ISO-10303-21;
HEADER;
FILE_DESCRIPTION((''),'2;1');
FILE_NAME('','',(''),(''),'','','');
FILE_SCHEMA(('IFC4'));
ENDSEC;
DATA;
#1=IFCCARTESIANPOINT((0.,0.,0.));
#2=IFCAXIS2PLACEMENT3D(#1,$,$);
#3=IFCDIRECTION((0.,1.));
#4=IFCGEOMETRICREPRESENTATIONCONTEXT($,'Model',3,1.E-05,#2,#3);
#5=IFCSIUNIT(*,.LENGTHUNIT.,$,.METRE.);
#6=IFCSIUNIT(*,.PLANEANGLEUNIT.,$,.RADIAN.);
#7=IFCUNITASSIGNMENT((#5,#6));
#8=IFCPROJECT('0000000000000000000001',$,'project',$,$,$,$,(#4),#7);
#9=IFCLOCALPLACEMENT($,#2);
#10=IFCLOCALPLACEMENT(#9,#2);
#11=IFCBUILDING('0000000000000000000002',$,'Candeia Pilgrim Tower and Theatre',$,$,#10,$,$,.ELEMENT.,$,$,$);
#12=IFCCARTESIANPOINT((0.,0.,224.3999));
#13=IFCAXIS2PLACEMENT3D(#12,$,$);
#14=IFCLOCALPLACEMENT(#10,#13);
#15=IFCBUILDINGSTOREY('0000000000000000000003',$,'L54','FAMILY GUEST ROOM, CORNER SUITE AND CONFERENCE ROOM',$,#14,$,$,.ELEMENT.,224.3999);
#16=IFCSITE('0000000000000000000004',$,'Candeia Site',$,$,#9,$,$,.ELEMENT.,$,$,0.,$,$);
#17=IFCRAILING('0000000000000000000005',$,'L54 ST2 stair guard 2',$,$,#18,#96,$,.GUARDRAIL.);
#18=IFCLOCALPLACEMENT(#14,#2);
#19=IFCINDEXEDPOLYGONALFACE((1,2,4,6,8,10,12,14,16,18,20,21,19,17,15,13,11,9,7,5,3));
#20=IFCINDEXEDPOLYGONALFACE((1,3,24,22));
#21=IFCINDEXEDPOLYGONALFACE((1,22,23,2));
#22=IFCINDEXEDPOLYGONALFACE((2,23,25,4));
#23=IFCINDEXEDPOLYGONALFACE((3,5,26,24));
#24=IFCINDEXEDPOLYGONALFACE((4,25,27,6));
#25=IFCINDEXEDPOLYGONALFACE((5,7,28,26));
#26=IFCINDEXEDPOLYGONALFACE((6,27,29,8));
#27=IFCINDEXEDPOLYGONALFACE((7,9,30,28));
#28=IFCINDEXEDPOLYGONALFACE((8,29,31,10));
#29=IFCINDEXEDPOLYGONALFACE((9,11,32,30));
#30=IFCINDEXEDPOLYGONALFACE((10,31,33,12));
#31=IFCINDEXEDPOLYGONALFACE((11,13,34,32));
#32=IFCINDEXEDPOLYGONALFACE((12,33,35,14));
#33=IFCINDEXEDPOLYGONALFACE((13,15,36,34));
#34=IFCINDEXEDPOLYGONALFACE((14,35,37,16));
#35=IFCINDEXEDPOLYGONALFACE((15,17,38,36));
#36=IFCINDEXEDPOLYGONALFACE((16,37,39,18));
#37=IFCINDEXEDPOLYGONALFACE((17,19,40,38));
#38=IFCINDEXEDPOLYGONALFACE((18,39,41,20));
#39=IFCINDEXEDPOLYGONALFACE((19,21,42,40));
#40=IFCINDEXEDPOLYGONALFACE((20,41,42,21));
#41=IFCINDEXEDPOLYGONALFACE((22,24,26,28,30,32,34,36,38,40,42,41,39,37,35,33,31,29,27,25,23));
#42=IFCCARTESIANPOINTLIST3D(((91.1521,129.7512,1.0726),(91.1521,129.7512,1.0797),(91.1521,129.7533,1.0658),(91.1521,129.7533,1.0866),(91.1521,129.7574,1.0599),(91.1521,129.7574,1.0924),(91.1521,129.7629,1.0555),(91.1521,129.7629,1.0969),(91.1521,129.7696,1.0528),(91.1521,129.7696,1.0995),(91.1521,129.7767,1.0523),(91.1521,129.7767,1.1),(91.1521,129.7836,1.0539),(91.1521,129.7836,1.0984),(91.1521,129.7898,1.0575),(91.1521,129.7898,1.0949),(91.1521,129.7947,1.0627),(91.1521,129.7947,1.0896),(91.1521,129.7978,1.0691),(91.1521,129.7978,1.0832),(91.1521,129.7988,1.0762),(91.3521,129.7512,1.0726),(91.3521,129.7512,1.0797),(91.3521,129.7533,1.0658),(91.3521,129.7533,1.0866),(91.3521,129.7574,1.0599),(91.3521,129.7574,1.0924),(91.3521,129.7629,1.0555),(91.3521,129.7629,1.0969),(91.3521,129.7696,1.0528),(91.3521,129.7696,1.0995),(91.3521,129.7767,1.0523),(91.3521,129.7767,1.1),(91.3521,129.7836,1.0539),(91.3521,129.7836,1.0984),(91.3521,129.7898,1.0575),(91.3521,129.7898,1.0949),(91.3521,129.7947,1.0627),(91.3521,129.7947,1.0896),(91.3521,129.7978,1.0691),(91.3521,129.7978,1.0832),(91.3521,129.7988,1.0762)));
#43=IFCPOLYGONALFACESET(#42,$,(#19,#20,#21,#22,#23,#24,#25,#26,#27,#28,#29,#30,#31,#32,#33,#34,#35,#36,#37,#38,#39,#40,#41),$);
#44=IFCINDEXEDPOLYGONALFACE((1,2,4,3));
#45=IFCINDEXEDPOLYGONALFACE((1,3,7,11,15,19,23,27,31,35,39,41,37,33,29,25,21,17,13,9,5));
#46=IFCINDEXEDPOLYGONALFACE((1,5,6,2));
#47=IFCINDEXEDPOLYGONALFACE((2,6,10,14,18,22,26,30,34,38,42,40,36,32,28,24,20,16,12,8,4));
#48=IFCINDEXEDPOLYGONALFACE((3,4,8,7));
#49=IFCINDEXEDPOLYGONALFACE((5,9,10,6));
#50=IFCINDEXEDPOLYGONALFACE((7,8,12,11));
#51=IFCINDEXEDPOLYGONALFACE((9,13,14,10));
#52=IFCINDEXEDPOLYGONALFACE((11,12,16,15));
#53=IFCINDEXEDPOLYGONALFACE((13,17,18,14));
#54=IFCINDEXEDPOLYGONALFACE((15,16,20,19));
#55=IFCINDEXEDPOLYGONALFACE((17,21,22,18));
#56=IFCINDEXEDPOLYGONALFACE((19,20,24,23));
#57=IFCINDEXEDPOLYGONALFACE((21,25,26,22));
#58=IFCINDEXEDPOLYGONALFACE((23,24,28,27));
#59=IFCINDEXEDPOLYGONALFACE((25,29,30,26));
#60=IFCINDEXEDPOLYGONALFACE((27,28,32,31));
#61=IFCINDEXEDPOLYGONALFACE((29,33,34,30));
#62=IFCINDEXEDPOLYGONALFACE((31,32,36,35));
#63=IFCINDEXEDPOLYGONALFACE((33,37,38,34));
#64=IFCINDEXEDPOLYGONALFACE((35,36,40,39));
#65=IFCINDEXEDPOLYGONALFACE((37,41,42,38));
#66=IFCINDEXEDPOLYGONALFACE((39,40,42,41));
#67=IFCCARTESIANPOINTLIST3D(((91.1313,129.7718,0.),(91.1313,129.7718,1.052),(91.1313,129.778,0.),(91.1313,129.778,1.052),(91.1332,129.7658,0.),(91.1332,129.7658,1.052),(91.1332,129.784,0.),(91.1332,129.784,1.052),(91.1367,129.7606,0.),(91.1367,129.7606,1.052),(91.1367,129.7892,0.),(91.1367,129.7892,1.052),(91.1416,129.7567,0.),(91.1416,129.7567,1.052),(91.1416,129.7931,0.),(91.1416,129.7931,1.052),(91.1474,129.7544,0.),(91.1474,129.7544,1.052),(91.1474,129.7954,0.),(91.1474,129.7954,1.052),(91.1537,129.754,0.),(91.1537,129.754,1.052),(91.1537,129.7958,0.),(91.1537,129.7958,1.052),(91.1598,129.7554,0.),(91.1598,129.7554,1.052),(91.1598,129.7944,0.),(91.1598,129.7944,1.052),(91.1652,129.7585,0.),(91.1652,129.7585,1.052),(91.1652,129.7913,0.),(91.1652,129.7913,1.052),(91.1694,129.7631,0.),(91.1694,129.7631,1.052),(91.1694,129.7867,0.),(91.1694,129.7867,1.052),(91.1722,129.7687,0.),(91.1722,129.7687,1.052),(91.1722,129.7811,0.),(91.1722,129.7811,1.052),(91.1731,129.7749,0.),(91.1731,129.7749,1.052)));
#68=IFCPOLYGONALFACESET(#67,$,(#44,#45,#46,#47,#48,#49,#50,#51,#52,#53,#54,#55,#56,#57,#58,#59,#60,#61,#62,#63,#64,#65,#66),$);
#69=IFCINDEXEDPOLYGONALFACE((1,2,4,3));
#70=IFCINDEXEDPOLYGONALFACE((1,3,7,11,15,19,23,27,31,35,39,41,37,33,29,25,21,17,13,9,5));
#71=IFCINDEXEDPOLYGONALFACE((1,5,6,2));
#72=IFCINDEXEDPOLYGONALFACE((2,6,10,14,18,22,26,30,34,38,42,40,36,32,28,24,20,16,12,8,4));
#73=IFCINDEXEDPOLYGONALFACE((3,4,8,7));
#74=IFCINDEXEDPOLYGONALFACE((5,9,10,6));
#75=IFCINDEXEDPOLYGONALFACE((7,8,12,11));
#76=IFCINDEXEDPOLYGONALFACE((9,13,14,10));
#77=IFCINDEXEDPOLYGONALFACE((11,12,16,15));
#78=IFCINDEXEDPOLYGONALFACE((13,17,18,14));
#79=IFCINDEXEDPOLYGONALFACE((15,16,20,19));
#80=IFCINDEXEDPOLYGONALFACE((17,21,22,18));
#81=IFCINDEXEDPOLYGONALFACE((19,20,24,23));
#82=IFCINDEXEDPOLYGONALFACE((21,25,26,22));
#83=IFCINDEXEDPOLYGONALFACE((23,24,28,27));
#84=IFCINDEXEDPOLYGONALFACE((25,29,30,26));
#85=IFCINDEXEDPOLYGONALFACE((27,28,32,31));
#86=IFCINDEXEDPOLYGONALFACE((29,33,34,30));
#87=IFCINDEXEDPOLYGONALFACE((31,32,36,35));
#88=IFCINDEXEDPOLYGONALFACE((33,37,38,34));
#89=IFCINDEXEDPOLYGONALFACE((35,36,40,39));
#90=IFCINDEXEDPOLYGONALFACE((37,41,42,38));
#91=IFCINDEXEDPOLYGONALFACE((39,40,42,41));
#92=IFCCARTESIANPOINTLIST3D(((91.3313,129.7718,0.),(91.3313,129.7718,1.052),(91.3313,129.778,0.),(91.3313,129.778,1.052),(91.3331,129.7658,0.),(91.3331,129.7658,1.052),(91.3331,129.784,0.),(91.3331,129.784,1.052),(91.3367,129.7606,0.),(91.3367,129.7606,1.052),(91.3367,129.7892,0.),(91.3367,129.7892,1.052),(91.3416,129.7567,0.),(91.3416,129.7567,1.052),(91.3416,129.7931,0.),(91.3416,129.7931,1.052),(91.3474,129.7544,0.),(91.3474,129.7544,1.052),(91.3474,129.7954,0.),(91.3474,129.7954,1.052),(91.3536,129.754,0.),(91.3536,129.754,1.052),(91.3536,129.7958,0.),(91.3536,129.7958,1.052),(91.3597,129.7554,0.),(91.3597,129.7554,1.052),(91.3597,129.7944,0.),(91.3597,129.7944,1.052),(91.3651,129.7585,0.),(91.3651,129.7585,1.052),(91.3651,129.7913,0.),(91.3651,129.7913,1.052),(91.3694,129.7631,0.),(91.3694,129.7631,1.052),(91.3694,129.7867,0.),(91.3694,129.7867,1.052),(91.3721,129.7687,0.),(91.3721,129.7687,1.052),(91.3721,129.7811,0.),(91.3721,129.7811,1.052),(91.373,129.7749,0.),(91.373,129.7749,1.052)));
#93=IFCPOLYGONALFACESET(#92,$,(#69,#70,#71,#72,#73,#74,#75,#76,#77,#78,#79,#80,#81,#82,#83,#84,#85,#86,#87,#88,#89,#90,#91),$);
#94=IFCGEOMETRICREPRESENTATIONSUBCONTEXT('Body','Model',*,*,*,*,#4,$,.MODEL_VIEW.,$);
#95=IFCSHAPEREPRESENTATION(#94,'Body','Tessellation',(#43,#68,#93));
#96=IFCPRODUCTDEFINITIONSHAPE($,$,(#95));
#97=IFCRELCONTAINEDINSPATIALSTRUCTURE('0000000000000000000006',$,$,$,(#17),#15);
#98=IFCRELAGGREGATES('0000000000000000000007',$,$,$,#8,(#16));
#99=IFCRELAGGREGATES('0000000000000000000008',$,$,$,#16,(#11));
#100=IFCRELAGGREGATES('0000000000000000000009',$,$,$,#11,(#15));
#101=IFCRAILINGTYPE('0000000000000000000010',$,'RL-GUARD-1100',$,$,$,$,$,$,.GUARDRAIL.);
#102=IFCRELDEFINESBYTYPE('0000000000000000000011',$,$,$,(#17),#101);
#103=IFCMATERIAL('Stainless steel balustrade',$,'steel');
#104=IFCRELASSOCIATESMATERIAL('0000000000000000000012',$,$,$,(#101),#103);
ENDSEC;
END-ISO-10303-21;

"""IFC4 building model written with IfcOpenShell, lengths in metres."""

from ifc_helpers import new_model, si_unit, direction, frame, origin, origin_2d, place, context, subcontext, project, spatial, circle, extrude, material, type_object, element, save


model = new_model("IFC4")

# Units and contexts
model_context = context("Model", 3, precision=1e-05, world=origin(), true_north=direction((0.0, 1.0)))
body_context = subcontext(model_context, "Body", "Model", "MODEL_VIEW")
ifc_project = project(units=[si_unit("LENGTHUNIT", "METRE"), si_unit("PLANEANGLEUNIT", "RADIAN")], contexts=[model_context])

# Site, building, storey
site_placement = place(None, origin())
site = spatial("IfcSite", under=ifc_project, at=site_placement, Name="Candeia Site", CompositionType="ELEMENT", RefElevation=0.0)
building_placement = place(site_placement, origin())
building = spatial("IfcBuilding", under=site, at=building_placement, Name="Candeia Pilgrim Tower and Theatre", CompositionType="ELEMENT")
storey_placement = place(building_placement, frame((0.0, 0.0, 224.3999)))
storey = spatial("IfcBuildingStorey", under=building, at=storey_placement, Name="L54", Description="FAMILY GUEST ROOM, CORNER SUITE AND CONFERENCE ROOM", CompositionType="ELEMENT", Elevation=224.3999)

# Shared definitions
ifc_material_1 = material(Name="Stainless steel balustrade", Category="steel")

# Railing
railing_type_1 = type_object("IfcRailingType", Name="RL-GUARD-1100", PredefinedType="GUARDRAIL", material=ifc_material_1)
railing_1_placement = place(storey_placement, frame((91.1521, 129.7749, 0.0)))
element("IfcRailing", 1, at=railing_1_placement, inside=storey, type_object=railing_type_1, Name="L54 ST2 stair guard 2", PredefinedType="GUARDRAIL", context=body_context, shape_type="SweptSolid", body=[
    extrude(circle(Radius=0.0239, at=origin_2d()), frame((0.0, 0.0, 1.0762), z_axis=(1.0, 0.0, 0.0), x_axis=(0.0, 1.0, 0.0)), (0.0, 0.0, 1.0), 0.2),
    extrude(circle(Radius=0.021, at=origin_2d()), origin(), (0.0, 0.0, 1.0), 1.052),
    extrude(circle(Radius=0.021, at=origin_2d()), frame((0.2, 0.0, 0.0)), (0.0, 0.0, 1.0), 1.052),
])

save(model, "model.ifc")
